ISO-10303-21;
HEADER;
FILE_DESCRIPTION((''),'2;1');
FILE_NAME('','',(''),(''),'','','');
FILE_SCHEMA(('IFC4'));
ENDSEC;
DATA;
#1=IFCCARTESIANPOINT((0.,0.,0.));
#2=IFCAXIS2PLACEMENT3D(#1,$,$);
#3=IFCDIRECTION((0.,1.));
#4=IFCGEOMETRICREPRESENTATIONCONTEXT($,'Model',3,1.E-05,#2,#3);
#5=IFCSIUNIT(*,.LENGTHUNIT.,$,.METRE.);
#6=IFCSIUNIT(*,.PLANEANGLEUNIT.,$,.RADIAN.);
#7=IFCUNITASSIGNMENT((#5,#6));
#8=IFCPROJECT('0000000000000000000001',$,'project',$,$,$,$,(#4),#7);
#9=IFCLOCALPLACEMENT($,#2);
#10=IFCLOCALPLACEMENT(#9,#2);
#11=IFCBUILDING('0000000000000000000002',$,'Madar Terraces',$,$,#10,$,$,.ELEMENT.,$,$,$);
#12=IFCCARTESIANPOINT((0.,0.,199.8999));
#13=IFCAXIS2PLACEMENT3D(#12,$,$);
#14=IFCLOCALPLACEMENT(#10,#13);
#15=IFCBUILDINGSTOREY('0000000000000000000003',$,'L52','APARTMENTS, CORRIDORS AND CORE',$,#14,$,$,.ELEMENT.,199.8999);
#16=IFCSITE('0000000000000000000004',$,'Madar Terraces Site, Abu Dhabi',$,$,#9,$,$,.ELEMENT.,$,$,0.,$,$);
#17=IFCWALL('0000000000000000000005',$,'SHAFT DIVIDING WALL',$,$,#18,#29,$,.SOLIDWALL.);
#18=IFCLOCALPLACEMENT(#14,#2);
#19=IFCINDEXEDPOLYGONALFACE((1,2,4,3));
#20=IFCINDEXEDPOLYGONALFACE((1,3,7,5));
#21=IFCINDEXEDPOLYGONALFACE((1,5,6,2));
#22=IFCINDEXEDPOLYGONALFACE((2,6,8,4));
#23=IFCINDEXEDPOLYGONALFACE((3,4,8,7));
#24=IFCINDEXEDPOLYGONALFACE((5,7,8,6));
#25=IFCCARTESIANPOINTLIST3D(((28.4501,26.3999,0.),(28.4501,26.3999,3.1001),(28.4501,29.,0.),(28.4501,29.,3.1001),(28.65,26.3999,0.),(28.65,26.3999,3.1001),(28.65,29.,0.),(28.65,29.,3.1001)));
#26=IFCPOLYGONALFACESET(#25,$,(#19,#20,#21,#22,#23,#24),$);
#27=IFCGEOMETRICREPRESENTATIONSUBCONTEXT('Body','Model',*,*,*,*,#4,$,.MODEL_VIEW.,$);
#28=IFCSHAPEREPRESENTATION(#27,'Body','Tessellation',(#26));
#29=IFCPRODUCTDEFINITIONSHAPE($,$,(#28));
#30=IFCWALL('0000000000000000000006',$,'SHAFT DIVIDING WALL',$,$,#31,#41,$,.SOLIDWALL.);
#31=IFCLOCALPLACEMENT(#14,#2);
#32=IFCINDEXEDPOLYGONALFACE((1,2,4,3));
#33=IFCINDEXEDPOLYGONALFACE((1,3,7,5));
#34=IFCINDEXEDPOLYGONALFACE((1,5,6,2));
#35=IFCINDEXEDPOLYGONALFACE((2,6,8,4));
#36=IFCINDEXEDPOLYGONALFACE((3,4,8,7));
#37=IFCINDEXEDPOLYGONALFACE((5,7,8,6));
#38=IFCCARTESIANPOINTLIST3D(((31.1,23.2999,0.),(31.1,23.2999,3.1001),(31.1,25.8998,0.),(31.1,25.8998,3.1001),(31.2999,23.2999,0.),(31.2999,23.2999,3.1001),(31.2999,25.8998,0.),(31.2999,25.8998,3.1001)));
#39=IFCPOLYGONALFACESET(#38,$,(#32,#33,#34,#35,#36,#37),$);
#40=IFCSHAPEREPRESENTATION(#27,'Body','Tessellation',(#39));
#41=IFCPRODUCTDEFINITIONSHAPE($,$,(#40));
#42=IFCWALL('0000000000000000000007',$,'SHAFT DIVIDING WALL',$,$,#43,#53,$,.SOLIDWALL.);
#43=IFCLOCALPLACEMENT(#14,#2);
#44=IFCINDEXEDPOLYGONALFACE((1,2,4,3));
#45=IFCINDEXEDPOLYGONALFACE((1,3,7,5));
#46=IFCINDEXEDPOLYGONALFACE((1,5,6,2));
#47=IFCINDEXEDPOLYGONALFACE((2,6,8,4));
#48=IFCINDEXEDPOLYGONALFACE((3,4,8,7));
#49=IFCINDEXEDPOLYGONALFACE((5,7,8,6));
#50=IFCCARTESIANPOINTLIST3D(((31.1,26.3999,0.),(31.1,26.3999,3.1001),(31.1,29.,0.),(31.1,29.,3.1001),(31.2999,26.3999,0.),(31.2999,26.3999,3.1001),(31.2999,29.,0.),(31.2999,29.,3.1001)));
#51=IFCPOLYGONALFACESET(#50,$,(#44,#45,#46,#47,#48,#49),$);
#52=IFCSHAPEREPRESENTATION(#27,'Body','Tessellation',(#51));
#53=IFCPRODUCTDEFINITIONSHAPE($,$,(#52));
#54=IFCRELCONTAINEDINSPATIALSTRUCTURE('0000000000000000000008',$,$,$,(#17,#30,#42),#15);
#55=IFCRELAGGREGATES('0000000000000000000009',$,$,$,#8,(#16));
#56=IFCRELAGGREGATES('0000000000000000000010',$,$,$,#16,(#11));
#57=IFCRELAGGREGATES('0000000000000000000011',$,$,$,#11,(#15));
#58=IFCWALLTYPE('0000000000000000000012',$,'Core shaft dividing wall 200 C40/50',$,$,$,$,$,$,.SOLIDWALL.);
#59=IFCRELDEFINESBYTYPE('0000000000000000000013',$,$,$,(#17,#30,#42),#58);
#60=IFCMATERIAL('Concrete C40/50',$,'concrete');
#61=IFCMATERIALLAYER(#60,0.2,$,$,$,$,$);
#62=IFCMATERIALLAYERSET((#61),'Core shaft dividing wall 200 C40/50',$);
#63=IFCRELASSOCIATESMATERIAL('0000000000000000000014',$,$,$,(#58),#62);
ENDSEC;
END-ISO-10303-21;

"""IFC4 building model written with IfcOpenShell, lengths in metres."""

from ifc_helpers import new_model, si_unit, direction, frame, frame_2d, origin, place, context, subcontext, project, spatial, rectangle, extrude, material, layer, layer_set, type_object, element, save


model = new_model("IFC4")

# Units and contexts
model_context = context("Model", 3, precision=1e-05, world=origin(), true_north=direction((0.0, 1.0)))
body_context = subcontext(model_context, "Body", "Model", "MODEL_VIEW")
ifc_project = project(units=[si_unit("LENGTHUNIT", "METRE"), si_unit("PLANEANGLEUNIT", "RADIAN")], contexts=[model_context])

# Site, building, storey
site_placement = place(None, origin())
site = spatial("IfcSite", under=ifc_project, at=site_placement, Name="Madar Terraces Site, Abu Dhabi", CompositionType="ELEMENT", RefElevation=0.0)
building_placement = place(site_placement, origin())
building = spatial("IfcBuilding", under=site, at=building_placement, Name="Madar Terraces", CompositionType="ELEMENT")
storey_placement = place(building_placement, frame((0.0, 0.0, 199.8999)))
storey = spatial("IfcBuildingStorey", under=building, at=storey_placement, Name="L52", Description="APARTMENTS, CORRIDORS AND CORE", CompositionType="ELEMENT", Elevation=199.8999)

# Walls
ifc_material_1 = material(Name="Concrete C40/50", Category="concrete")
ifc_layer_1 = layer(ifc_material_1, 0.2)
ifc_layer_set_1 = layer_set([ifc_layer_1], Name="Core shaft dividing wall 200 C40/50")
wall_type_1 = type_object("IfcWallType", Name="Core shaft dividing wall 200 C40/50", PredefinedType="SOLIDWALL", material=ifc_layer_set_1)
wall_1_placement = place(storey_placement, frame((28.55, 26.3999, 0.0), z_axis=(0.0, 0.0, 1.0), x_axis=(0.0, 1.0, 0.0)))
element("IfcWall", 1, at=wall_1_placement, inside=storey, type_object=wall_type_1, Name="SHAFT DIVIDING WALL", PredefinedType="SOLIDWALL", context=body_context, shape_type="SweptSolid", body=[
    extrude(rectangle(XDim=2.6001, YDim=0.2, at=frame_2d((1.3, 0.0))), origin(), (0.0, 0.0, 1.0), 3.1001),
])
wall_2_placement = place(storey_placement, frame((31.2, 23.3, 0.0), z_axis=(0.0, 0.0, 1.0), x_axis=(0.0, 1.0, 0.0)))
element("IfcWall", 2, at=wall_2_placement, inside=storey, type_object=wall_type_1, Name="SHAFT DIVIDING WALL", PredefinedType="SOLIDWALL", context=body_context, shape_type="SweptSolid", body=[
    extrude(rectangle(XDim=2.5999, YDim=0.2, at=frame_2d((1.2998, 0.0))), origin(), (0.0, 0.0, 1.0), 3.1001),
])
wall_3_placement = place(storey_placement, frame((31.2, 26.3999, 0.0), z_axis=(0.0, 0.0, 1.0), x_axis=(0.0, 1.0, 0.0)))
element("IfcWall", 3, at=wall_3_placement, inside=storey, type_object=wall_type_1, Name="SHAFT DIVIDING WALL", PredefinedType="SOLIDWALL", context=body_context, shape_type="SweptSolid", body=[
    extrude(rectangle(XDim=2.6001, YDim=0.2, at=frame_2d((1.3, 0.0))), origin(), (0.0, 0.0, 1.0), 3.1001),
])

save(model, "model.ifc")
